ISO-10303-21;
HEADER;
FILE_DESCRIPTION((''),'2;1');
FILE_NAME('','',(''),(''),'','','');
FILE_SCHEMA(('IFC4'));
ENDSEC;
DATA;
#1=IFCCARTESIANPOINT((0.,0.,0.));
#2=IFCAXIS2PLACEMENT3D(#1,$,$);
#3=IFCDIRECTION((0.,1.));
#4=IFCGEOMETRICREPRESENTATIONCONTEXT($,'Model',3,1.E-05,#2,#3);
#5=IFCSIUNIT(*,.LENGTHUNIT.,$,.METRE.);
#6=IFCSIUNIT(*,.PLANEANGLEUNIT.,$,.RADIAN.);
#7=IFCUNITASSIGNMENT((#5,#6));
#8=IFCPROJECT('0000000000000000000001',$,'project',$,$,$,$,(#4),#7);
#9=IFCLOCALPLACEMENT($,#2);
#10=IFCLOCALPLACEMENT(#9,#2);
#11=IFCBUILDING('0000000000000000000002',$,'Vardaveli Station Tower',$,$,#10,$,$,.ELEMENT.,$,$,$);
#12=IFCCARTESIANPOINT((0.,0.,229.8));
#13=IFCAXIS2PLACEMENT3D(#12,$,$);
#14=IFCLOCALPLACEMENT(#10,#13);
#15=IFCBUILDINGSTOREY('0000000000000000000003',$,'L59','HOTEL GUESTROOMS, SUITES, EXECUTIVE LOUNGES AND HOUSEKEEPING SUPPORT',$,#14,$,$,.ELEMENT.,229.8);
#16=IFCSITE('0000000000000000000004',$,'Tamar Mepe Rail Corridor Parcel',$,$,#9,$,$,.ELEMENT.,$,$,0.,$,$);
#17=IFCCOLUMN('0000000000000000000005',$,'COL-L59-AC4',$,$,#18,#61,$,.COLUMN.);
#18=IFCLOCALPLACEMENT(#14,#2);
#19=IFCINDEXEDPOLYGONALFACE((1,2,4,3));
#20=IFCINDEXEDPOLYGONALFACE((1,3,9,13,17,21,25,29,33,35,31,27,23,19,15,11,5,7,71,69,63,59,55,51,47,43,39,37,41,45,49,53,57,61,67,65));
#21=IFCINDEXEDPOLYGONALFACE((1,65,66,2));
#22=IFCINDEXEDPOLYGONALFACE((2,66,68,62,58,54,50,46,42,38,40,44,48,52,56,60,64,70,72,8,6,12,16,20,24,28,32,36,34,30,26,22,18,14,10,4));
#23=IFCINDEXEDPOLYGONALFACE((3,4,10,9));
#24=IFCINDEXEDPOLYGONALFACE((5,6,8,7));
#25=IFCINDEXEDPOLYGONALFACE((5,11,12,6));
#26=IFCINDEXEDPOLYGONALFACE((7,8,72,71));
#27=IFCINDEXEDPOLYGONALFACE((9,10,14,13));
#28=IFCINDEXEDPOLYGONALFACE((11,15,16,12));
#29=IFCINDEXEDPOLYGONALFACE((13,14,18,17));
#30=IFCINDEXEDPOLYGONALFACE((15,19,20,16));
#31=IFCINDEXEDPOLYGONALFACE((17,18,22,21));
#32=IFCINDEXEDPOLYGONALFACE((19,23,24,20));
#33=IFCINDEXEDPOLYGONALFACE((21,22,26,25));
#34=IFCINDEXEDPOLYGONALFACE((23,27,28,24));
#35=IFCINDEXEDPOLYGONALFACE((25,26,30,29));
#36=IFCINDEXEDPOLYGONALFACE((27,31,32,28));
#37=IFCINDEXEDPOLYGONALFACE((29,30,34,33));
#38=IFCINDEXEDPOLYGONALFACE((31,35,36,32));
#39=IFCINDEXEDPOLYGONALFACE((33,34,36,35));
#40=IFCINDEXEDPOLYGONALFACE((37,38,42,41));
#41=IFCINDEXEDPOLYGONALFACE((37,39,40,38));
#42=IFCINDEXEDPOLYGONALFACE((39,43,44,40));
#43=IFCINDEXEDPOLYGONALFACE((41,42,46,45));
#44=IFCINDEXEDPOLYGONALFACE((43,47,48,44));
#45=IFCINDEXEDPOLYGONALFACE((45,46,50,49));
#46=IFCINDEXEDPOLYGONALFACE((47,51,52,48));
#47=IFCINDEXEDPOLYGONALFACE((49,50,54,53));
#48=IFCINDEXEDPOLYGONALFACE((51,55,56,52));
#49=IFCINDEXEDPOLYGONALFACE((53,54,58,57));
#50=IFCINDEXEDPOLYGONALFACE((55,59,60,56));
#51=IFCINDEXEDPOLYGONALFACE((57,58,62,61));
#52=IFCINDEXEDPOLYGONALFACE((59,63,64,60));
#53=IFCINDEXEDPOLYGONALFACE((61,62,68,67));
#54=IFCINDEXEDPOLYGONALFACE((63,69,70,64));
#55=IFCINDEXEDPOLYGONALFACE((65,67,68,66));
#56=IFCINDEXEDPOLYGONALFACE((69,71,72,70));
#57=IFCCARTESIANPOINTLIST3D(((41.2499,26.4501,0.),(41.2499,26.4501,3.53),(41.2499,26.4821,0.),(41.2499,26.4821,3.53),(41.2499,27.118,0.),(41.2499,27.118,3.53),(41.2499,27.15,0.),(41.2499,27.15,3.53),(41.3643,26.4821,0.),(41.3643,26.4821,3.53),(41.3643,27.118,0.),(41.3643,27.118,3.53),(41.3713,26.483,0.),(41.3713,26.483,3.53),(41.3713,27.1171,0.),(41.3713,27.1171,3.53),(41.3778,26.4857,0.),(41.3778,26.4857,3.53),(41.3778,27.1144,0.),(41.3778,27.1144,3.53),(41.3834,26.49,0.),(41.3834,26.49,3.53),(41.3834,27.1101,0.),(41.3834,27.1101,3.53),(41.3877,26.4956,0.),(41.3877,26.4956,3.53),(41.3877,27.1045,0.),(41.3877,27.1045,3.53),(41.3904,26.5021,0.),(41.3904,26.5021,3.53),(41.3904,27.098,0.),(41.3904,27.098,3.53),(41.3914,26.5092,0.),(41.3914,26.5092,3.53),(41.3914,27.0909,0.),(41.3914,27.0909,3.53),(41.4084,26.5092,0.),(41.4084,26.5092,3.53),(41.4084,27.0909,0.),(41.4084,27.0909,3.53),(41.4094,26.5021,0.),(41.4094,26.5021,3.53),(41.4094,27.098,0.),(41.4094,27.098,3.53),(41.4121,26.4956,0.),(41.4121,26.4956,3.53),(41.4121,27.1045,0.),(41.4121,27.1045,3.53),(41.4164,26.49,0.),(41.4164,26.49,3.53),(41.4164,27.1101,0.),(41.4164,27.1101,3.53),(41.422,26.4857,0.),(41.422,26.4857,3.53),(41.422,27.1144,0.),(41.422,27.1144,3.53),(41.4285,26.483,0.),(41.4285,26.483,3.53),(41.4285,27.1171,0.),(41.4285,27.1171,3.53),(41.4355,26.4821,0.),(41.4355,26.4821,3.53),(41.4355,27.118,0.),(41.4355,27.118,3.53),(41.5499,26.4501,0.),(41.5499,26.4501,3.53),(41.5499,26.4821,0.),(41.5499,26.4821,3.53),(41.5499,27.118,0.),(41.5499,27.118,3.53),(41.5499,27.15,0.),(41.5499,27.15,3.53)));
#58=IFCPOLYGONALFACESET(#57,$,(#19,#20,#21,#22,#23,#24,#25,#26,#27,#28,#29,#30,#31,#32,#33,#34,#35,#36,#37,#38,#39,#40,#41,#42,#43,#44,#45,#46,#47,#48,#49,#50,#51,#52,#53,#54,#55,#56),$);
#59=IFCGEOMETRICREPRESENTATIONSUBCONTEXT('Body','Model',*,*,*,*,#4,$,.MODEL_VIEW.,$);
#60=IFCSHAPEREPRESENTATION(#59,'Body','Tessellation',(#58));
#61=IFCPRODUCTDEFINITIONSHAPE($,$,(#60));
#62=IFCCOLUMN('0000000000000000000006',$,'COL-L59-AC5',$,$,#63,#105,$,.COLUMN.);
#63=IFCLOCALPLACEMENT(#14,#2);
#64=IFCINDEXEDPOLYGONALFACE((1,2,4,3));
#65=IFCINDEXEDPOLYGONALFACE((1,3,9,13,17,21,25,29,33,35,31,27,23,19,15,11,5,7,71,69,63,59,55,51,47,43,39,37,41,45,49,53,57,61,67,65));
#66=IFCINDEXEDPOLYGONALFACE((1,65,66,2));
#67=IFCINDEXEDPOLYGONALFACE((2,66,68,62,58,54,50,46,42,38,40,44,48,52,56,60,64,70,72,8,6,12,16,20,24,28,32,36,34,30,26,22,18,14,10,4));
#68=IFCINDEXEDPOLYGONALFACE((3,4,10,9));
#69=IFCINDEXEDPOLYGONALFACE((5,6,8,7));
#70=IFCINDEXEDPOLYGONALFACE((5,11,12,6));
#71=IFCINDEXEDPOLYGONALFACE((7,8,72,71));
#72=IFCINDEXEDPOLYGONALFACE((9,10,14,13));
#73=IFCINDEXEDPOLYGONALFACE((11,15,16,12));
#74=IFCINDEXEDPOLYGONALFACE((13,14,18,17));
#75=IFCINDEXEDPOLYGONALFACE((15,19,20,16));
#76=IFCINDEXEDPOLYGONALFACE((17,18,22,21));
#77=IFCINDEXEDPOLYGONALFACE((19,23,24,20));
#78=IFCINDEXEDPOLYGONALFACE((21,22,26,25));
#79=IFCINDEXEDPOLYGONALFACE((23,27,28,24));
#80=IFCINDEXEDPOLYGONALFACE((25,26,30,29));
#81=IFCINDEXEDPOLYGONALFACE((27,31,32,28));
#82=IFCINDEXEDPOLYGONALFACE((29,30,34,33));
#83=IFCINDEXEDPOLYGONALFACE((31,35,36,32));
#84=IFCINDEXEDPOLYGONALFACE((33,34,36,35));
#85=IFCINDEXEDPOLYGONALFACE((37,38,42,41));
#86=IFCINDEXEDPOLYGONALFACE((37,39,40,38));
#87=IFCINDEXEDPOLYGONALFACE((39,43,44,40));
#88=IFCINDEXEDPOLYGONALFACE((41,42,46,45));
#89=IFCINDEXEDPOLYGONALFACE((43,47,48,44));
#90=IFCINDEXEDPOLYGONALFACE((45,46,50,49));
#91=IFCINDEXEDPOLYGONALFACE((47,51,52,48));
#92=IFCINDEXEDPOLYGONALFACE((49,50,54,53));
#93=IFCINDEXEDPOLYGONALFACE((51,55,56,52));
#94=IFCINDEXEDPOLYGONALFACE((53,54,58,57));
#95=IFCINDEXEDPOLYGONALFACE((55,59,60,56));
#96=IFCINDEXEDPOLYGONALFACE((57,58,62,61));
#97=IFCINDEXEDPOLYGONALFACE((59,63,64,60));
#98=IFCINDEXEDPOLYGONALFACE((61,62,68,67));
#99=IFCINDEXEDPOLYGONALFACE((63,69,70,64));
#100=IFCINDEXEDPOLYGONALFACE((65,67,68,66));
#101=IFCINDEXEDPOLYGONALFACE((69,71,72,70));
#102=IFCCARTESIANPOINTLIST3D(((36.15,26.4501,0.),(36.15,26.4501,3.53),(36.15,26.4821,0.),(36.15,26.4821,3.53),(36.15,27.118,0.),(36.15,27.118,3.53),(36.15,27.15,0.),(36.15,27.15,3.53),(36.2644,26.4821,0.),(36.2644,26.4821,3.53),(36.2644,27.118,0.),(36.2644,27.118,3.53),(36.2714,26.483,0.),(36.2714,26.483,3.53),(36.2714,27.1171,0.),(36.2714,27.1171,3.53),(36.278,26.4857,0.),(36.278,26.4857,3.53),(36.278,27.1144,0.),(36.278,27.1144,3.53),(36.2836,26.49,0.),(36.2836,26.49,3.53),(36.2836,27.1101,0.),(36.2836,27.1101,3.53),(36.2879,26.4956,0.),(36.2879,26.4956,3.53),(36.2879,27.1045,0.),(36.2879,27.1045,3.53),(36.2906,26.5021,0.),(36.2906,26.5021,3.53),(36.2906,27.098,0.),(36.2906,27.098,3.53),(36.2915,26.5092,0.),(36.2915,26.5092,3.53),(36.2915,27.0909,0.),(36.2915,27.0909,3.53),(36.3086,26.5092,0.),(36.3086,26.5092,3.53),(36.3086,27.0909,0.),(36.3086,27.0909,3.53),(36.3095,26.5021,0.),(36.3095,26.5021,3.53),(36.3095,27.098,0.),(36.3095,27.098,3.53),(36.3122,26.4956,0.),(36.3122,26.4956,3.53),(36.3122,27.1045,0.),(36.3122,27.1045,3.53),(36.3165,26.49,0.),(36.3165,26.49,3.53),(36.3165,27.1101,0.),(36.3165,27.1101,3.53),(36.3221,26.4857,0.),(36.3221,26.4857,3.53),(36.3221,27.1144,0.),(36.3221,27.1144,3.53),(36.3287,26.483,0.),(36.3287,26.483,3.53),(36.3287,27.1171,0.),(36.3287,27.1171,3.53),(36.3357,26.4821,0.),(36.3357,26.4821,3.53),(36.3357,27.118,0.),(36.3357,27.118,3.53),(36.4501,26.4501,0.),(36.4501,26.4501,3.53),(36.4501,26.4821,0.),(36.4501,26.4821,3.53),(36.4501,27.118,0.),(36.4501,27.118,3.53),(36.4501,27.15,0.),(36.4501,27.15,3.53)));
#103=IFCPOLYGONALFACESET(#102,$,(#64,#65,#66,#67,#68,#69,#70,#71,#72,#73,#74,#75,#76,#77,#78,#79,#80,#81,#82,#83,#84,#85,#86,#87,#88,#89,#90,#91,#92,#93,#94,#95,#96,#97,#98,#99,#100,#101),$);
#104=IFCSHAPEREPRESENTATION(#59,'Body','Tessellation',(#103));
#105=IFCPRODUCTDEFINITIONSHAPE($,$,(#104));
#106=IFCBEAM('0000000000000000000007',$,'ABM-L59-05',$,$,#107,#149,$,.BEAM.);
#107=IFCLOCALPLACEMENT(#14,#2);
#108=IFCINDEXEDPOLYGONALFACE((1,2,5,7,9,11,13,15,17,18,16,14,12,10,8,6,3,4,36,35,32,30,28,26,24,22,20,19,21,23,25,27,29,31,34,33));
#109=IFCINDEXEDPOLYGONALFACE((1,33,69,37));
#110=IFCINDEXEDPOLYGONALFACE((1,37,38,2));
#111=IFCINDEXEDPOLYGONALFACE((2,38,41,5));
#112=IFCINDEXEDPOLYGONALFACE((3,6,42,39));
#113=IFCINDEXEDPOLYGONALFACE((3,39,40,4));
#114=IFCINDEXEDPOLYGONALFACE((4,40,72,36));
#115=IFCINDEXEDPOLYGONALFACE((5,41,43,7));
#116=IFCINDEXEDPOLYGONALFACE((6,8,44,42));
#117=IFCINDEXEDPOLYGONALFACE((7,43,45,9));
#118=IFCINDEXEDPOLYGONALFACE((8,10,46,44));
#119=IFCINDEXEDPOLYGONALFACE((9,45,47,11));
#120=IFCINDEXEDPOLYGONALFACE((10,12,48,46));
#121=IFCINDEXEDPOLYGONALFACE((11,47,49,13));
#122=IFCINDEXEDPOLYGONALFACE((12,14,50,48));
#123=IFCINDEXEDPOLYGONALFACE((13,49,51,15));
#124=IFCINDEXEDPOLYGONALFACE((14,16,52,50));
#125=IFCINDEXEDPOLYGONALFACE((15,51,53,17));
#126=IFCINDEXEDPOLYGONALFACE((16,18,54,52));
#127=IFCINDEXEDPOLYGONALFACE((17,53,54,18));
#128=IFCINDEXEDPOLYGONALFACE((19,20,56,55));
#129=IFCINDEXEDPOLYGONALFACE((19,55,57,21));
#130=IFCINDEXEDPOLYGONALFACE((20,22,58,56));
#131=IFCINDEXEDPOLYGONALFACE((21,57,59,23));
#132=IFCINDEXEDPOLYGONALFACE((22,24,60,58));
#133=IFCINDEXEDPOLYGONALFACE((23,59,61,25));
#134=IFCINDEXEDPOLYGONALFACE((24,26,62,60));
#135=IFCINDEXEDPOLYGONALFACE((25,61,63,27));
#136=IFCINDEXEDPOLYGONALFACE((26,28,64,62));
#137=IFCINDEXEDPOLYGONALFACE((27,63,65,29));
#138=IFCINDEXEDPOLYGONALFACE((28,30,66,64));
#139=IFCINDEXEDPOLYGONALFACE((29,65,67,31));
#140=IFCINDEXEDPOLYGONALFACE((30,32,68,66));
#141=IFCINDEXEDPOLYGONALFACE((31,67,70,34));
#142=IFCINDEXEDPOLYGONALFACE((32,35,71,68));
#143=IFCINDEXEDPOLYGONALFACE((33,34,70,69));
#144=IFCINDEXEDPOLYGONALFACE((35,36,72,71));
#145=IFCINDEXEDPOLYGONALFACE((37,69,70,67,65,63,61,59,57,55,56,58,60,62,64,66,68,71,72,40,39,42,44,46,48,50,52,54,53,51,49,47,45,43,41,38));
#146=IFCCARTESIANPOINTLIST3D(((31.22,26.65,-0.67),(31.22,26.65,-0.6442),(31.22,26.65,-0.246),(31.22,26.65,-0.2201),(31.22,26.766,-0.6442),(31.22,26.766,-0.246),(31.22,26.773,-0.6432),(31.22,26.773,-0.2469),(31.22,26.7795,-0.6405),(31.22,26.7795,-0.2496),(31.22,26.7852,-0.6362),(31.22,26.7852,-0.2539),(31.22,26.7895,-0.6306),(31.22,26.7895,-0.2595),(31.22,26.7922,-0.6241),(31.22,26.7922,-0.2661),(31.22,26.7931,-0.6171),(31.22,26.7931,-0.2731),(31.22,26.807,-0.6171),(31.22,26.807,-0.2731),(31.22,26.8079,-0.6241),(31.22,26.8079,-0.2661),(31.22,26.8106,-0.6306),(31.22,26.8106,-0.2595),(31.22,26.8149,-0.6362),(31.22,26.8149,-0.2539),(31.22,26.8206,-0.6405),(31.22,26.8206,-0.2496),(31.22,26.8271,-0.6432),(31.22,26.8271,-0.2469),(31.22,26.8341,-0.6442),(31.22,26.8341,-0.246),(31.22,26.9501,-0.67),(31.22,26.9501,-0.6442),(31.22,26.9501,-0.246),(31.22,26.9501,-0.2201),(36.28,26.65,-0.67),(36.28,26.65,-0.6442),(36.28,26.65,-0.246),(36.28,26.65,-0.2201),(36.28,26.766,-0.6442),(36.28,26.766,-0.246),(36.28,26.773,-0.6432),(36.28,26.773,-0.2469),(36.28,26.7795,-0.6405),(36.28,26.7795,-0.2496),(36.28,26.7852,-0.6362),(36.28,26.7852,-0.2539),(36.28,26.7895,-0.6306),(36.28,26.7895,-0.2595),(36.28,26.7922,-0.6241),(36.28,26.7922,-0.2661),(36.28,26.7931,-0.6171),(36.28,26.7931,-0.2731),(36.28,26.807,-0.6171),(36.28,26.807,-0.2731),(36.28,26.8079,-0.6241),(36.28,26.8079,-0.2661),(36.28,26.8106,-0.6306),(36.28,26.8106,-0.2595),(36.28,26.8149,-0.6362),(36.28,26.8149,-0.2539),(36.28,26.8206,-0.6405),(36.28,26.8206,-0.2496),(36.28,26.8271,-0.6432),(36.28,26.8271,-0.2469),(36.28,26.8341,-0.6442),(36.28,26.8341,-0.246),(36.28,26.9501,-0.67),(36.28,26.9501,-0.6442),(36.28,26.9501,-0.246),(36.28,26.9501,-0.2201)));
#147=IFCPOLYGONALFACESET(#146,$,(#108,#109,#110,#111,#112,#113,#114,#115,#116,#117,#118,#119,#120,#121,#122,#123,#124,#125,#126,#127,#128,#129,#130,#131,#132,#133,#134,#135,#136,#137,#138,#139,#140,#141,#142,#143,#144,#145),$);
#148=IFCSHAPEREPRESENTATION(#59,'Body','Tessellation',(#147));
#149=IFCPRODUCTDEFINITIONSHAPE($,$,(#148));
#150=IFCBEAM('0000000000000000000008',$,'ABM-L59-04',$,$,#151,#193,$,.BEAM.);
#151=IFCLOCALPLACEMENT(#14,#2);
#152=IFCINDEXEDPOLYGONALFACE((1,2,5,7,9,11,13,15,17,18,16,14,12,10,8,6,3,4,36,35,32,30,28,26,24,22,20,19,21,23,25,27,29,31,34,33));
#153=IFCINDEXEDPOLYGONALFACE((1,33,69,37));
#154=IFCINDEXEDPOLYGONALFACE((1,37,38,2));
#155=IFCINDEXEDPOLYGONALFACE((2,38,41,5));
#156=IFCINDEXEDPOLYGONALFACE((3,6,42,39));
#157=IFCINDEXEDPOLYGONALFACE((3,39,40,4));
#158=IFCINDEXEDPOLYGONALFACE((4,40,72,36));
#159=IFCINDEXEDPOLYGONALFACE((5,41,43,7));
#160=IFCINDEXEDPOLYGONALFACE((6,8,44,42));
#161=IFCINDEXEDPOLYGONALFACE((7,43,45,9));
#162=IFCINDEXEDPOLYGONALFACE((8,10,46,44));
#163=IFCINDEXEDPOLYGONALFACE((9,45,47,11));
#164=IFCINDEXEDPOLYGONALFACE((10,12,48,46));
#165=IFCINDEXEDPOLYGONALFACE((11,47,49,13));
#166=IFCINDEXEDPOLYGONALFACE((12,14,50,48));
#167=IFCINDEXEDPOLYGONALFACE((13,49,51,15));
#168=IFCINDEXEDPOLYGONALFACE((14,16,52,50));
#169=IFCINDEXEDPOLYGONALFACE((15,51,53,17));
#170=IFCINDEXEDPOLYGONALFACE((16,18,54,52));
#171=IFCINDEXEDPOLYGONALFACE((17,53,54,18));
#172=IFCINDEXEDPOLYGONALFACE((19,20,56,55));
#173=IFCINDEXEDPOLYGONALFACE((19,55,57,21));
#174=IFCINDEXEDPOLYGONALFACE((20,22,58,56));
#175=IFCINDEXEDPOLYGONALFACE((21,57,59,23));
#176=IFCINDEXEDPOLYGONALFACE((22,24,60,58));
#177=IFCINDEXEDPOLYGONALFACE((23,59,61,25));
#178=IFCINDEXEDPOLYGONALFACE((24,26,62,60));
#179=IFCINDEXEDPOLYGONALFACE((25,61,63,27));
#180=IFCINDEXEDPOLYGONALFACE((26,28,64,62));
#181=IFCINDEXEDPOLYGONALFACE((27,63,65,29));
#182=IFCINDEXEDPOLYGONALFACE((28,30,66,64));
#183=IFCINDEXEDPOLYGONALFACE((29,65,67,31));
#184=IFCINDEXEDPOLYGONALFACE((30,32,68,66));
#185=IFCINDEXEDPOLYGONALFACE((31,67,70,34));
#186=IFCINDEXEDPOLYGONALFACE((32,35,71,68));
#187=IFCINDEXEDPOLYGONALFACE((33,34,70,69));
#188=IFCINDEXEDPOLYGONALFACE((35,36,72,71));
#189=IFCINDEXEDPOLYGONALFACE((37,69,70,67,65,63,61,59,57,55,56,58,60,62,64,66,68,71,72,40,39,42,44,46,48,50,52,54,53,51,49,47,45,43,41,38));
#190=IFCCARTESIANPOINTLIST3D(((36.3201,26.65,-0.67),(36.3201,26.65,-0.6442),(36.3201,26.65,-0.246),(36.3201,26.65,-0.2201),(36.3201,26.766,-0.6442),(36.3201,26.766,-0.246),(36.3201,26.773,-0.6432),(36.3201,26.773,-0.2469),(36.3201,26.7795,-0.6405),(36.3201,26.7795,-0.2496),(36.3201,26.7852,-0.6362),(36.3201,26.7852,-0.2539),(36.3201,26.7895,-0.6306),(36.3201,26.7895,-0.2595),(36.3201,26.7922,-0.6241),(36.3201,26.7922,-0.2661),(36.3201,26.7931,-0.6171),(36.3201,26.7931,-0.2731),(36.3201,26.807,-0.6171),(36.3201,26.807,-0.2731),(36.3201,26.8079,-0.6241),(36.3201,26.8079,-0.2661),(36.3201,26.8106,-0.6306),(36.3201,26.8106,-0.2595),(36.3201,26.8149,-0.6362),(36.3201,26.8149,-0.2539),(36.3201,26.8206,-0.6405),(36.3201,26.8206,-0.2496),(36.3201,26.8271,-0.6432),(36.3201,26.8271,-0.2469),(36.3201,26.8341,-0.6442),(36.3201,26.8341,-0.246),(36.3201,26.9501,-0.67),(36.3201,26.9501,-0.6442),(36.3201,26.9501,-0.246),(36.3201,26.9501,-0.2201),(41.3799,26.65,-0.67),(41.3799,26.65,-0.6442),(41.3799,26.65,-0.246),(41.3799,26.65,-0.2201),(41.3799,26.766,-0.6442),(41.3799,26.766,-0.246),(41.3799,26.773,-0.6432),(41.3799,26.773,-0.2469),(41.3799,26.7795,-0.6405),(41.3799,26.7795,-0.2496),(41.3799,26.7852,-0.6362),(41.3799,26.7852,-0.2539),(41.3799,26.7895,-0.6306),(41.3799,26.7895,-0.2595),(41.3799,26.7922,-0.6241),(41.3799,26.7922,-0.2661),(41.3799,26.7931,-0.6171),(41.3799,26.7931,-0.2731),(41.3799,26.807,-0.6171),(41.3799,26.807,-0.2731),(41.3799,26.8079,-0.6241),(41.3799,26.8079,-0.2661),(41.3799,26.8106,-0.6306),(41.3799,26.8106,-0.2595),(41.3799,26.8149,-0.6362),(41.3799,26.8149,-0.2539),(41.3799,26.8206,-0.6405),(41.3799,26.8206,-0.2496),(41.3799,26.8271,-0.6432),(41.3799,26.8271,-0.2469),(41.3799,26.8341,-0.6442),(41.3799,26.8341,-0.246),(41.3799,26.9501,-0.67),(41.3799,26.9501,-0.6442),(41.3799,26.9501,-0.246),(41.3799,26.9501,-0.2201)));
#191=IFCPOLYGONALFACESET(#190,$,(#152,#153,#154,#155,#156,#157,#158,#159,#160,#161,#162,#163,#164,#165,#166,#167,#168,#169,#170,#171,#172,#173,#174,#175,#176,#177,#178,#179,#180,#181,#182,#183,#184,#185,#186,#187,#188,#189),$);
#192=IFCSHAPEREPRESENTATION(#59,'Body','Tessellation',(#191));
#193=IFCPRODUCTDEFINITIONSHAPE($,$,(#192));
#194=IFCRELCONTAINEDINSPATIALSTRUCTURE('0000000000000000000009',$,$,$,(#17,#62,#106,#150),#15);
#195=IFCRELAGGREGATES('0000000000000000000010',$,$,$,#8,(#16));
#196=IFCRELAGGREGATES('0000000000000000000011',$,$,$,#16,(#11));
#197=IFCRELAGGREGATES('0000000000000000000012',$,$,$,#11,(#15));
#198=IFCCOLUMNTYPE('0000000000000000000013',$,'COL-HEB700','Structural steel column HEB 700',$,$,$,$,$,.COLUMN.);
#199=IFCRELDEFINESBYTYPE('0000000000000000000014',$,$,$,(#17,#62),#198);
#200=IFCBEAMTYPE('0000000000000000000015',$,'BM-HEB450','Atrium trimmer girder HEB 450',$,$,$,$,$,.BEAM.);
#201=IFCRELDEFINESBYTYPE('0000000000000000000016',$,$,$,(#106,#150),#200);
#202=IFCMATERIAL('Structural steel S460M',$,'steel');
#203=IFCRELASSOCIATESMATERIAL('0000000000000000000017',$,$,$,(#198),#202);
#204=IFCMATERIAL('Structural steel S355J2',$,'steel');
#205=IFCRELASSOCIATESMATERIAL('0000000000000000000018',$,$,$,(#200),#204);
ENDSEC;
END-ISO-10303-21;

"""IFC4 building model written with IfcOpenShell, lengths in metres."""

from ifc_helpers import new_model, si_unit, direction, frame, origin, origin_2d, place, context, subcontext, project, spatial, i_section, extrude, source, transform, mapped, material, material_profile, profile_set, type_object, element, save


model = new_model("IFC4")

# Units and contexts
model_context = context("Model", 3, precision=1e-05, world=origin(), true_north=direction((0.0, 1.0)))
body_context = subcontext(model_context, "Body", "Model", "MODEL_VIEW")
ifc_project = project(units=[si_unit("LENGTHUNIT", "METRE"), si_unit("PLANEANGLEUNIT", "RADIAN")], contexts=[model_context])

# Site, building, storey
site_placement = place(None, origin())
site = spatial("IfcSite", under=ifc_project, at=site_placement, Name="Tamar Mepe Rail Corridor Parcel", CompositionType="ELEMENT", RefElevation=0.0)
building_placement = place(site_placement, origin())
building = spatial("IfcBuilding", under=site, at=building_placement, Name="Vardaveli Station Tower", CompositionType="ELEMENT")
storey_placement = place(building_placement, frame((0.0, 0.0, 229.8)))
storey = spatial("IfcBuildingStorey", under=building, at=storey_placement, Name="L59", Description="HOTEL GUESTROOMS, SUITES, EXECUTIVE LOUNGES AND HOUSEKEEPING SUPPORT", CompositionType="ELEMENT", Elevation=229.8)

# Columns
ifc_material_1 = material(Name="Structural steel S460M", Category="steel")
ifc_material_profile_1 = material_profile(ifc_material_1, i_section(OverallWidth=0.3, OverallDepth=0.7, WebThickness=0.0171, FlangeThickness=0.032, FilletRadius=0.0271, at=origin_2d()), Name="HEB 700")
ifc_profile_set_1 = profile_set([ifc_material_profile_1], Name="Structural steel S460M")
column_type = type_object("IfcColumnType", Name="COL-HEB700", Description="Structural steel column HEB 700", PredefinedType="COLUMN", material=ifc_profile_set_1)
shared_shape_1 = source(origin(), body_context, "Body", "SweptSolid", [
    extrude(i_section(OverallWidth=0.3, OverallDepth=0.7, WebThickness=0.0171, FlangeThickness=0.032, FilletRadius=0.0271, at=origin_2d()), origin(), (0.0, 0.0, 1.0), 3.53),
])
for number, where, z_axis, x_axis, name in (
    (1, (41.3999, 26.8, 0.0), (0.0, 0.0, 1.0), (1.0, 0.0, 0.0), "COL-L59-AC4"),
    (2, (36.3, 26.8, 0.0), (0.0, 0.0, 1.0), (1.0, 0.0, 0.0), "COL-L59-AC5"),
):
    element("IfcColumn", number, at=place(storey_placement, frame(where, z_axis=z_axis, x_axis=x_axis)), inside=storey, type_object=column_type, Name=name, PredefinedType="COLUMN", context=body_context, shape_type="MappedRepresentation", body=[
        mapped(shared_shape_1, transform((0.0, 0.0, 0.0), scale=1.0)),
    ])

# Beams
ifc_material_2 = material(Name="Structural steel S355J2", Category="steel")
ifc_material_profile_2 = material_profile(ifc_material_2, i_section(OverallWidth=0.3, OverallDepth=0.45, WebThickness=0.0139, FlangeThickness=0.0259, FilletRadius=0.0271, at=origin_2d()), Name="HEB 450")
ifc_profile_set_2 = profile_set([ifc_material_profile_2], Name="Structural steel S355J2")
beam_type = type_object("IfcBeamType", Name="BM-HEB450", Description="Atrium trimmer girder HEB 450", PredefinedType="BEAM", material=ifc_profile_set_2)
shared_shape_2 = source(origin(), body_context, "Body", "SweptSolid", [
    extrude(i_section(OverallWidth=0.3, OverallDepth=0.45, WebThickness=0.0139, FlangeThickness=0.0259, FilletRadius=0.0271, at=origin_2d()), origin(), (0.0, 0.0, 1.0), 5.0601),
])
beam_1_placement = place(storey_placement, frame((36.28, 26.8, -0.4451), z_axis=(-1.0, 0.0, 0.0), x_axis=(0.0, -1.0, 0.0)))
element("IfcBeam", 3, at=beam_1_placement, inside=storey, type_object=beam_type, Name="ABM-L59-05", PredefinedType="BEAM", context=body_context, shape_type="MappedRepresentation", body=[
    mapped(shared_shape_2, transform((0.0, 0.0, 0.0), scale=1.0)),
])
shared_shape_3 = source(origin(), body_context, "Body", "SweptSolid", [
    extrude(i_section(OverallWidth=0.3, OverallDepth=0.45, WebThickness=0.0139, FlangeThickness=0.0259, FilletRadius=0.0271, at=origin_2d()), origin(), (0.0, 0.0, 1.0), 5.0598),
])
beam_2_placement = place(storey_placement, frame((41.3799, 26.8, -0.4451), z_axis=(-1.0, 0.0, 0.0), x_axis=(0.0, -1.0, 0.0)))
element("IfcBeam", 4, at=beam_2_placement, inside=storey, type_object=beam_type, Name="ABM-L59-04", PredefinedType="BEAM", context=body_context, shape_type="MappedRepresentation", body=[
    mapped(shared_shape_3, transform((0.0, 0.0, 0.0), scale=1.0)),
])

save(model, "model.ifc")
